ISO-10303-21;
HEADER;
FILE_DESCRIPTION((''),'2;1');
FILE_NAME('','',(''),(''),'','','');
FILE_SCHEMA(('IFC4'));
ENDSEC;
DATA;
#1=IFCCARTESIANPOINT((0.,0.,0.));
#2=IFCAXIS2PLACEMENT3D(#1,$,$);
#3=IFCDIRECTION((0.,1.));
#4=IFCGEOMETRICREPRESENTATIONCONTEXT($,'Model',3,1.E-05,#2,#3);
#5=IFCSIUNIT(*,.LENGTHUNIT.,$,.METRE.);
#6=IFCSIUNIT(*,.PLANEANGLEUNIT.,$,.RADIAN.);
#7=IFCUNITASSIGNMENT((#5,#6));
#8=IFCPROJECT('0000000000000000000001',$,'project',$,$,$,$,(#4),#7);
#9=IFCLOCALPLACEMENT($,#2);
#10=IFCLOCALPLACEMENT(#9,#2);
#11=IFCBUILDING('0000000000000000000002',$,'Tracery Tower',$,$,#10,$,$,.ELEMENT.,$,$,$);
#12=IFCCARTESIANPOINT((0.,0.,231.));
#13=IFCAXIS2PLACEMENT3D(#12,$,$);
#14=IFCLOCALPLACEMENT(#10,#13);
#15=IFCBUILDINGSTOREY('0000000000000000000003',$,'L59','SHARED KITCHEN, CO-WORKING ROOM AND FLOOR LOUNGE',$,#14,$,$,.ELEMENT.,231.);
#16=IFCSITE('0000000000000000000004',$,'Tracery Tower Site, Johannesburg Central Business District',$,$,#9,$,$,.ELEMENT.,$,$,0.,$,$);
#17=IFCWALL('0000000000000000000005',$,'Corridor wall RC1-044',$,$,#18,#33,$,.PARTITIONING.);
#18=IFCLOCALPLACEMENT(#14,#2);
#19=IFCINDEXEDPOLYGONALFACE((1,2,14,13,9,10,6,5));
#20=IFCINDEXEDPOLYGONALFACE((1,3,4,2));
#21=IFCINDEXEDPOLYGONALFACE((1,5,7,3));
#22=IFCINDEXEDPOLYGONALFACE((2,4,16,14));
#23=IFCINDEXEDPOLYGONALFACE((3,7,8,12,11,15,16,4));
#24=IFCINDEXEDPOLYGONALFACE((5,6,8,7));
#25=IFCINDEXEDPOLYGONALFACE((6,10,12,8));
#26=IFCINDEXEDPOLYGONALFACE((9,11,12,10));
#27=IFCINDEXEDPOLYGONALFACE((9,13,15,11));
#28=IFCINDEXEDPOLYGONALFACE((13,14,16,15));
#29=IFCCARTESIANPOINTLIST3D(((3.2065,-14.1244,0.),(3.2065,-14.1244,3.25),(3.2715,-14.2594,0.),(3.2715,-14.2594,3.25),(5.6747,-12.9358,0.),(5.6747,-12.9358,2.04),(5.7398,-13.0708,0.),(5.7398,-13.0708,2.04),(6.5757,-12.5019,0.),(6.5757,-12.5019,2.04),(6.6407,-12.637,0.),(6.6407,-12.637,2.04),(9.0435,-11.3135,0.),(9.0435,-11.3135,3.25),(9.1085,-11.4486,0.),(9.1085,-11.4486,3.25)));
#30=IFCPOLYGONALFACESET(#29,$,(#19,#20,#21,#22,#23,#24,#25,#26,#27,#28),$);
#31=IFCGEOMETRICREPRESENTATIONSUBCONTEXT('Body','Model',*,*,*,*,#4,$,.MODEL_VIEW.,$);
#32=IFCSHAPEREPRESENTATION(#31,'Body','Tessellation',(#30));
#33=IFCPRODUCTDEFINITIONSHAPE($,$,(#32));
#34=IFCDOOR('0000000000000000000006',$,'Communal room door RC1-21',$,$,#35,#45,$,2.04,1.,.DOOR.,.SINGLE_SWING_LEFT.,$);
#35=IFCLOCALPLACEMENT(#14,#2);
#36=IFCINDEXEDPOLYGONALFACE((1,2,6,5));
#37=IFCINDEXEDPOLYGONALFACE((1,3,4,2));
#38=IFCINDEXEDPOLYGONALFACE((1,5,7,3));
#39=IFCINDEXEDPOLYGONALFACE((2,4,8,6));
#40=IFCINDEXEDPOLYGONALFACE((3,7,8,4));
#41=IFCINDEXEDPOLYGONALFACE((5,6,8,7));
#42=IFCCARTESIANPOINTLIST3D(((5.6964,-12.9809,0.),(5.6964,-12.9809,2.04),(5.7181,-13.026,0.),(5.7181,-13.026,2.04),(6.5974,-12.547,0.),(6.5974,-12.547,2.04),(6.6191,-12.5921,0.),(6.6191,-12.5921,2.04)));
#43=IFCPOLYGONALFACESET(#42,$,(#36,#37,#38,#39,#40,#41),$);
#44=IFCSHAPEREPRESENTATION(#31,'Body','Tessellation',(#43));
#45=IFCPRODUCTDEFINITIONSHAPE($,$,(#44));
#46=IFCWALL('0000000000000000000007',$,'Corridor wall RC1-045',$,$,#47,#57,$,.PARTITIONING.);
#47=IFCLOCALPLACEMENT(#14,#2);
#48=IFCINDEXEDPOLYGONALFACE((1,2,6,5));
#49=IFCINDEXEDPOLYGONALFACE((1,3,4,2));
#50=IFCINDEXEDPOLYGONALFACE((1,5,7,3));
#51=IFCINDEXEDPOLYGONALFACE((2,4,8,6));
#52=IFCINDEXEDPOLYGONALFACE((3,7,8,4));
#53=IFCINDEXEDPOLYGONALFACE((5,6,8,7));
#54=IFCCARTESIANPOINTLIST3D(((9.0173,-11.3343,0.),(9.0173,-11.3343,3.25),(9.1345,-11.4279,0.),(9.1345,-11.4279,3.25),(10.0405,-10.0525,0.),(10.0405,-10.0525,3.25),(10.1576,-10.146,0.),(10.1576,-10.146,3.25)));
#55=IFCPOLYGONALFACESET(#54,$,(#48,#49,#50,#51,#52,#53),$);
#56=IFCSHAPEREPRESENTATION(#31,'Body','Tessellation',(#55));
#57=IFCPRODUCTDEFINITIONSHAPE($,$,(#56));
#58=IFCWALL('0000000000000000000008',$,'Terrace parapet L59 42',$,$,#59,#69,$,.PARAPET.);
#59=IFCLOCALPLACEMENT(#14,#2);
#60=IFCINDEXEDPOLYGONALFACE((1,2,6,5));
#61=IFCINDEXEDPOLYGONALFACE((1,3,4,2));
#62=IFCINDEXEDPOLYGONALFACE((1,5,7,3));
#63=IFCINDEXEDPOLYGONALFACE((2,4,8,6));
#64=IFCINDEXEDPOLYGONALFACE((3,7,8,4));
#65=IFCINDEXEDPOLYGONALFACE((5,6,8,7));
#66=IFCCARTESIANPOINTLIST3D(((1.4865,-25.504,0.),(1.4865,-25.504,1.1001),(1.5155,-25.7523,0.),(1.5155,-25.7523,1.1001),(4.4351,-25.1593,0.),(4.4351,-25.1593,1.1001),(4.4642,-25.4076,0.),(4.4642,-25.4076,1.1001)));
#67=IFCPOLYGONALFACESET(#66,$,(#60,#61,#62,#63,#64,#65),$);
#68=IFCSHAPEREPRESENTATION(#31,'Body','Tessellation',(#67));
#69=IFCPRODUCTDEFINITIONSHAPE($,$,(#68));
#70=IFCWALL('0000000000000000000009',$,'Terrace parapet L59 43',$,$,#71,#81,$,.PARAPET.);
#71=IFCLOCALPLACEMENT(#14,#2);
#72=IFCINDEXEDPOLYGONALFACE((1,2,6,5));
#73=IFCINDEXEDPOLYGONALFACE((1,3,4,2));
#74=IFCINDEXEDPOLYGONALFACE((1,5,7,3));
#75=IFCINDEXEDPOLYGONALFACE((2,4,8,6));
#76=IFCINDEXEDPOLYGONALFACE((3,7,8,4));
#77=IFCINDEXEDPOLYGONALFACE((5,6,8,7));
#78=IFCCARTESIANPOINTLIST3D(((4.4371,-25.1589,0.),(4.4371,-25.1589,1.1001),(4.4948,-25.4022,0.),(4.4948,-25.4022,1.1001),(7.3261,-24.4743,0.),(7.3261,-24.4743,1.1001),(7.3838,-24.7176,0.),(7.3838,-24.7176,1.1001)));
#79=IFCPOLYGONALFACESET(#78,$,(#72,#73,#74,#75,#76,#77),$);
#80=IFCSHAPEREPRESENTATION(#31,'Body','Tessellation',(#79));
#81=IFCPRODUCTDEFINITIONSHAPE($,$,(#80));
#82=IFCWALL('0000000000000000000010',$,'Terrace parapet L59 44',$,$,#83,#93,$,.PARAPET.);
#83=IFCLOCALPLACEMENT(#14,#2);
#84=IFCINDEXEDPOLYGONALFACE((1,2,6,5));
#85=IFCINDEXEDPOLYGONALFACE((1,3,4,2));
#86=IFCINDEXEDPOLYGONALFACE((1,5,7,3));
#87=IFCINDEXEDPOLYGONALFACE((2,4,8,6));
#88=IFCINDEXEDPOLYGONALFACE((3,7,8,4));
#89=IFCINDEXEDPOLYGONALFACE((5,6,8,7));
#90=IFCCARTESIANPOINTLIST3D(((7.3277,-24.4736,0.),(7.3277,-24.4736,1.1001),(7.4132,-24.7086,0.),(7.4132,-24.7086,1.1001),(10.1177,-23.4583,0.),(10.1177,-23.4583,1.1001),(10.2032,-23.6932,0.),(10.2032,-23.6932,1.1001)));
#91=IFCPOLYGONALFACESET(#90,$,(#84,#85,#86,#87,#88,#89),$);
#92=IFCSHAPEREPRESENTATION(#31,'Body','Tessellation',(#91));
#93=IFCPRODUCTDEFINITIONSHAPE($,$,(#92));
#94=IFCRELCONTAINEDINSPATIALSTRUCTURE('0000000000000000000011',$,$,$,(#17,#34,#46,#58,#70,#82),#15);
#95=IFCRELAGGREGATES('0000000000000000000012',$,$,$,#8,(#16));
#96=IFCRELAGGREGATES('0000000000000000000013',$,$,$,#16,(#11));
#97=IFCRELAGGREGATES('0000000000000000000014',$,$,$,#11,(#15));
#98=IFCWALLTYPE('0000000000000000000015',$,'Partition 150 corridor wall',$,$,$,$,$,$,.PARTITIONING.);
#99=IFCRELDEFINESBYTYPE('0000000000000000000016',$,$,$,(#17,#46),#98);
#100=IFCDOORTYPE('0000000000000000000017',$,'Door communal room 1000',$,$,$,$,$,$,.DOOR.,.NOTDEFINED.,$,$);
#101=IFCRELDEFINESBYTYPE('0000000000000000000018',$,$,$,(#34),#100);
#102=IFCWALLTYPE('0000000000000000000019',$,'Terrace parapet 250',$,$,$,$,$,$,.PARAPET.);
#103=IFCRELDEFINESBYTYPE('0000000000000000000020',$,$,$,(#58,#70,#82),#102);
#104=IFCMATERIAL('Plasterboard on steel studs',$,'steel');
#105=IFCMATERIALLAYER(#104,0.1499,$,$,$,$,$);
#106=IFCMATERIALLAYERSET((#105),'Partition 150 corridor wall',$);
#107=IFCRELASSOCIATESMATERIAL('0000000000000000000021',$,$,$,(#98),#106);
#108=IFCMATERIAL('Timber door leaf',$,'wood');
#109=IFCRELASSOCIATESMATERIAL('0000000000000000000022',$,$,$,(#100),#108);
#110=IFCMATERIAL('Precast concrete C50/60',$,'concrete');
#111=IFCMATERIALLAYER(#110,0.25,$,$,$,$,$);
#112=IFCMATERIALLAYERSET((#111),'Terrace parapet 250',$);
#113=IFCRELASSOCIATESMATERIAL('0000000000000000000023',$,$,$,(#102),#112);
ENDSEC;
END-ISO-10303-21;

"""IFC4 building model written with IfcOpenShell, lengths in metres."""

from ifc_helpers import new_model, si_unit, direction, frame, frame_2d, origin, place, context, subcontext, project, spatial, rectangle, extrude, material, layer, layer_set, type_object, element, fill, save


model = new_model("IFC4")

# Units and contexts
model_context = context("Model", 3, precision=1e-05, world=origin(), true_north=direction((0.0, 1.0)))
body_context = subcontext(model_context, "Body", "Model", "MODEL_VIEW")
ifc_project = project(units=[si_unit("LENGTHUNIT", "METRE"), si_unit("PLANEANGLEUNIT", "RADIAN")], contexts=[model_context])

# Site, building, storey
site_placement = place(None, origin())
site = spatial("IfcSite", under=ifc_project, at=site_placement, Name="Tracery Tower Site, Johannesburg Central Business District", CompositionType="ELEMENT", RefElevation=0.0)
building_placement = place(site_placement, origin())
building = spatial("IfcBuilding", under=site, at=building_placement, Name="Tracery Tower", CompositionType="ELEMENT")
storey_placement = place(building_placement, frame((0.0, 0.0, 231.0)))
storey = spatial("IfcBuildingStorey", under=building, at=storey_placement, Name="L59", Description="SHARED KITCHEN, CO-WORKING ROOM AND FLOOR LOUNGE", CompositionType="ELEMENT", Elevation=231.0)

# Shared definitions
ifc_material_1 = material(Name="Plasterboard on steel studs", Category="steel")
ifc_layer_1 = layer(ifc_material_1, 0.1499)
ifc_layer_set_1 = layer_set([ifc_layer_1], Name="Partition 150 corridor wall")
wall_type_1 = type_object("IfcWallType", Name="Partition 150 corridor wall", PredefinedType="PARTITIONING", material=ifc_layer_set_1)

# Wall, opening, door
wall_1_placement = place(storey_placement, frame((3.239, -14.1919, 0.0), z_axis=(0.0, 0.0, 1.0), x_axis=(0.900976, 0.433869, 0.0)))
wall_1 = element("IfcWall", 1, at=wall_1_placement, inside=storey, type_object=wall_type_1, Name="Corridor wall RC1-044", PredefinedType="PARTITIONING", context=body_context, shape_type="SweptSolid", body=[
    extrude(rectangle(XDim=6.4785, YDim=0.1499, at=frame_2d((3.2393, 0.0))), origin(), (0.0, 0.0, 1.0), 3.25),
])
opening_1_placement = place(wall_1_placement, frame((2.7395, 0.0, 0.0)))
opening_1 = element("IfcOpeningElement", 2, at=opening_1_placement, cuts=wall_1, PredefinedType="OPENING", context=body_context, shape_type="SweptSolid", body=[
    extrude(rectangle(XDim=1.0, YDim=2.04, at=frame_2d((0.5, 1.02))), frame((0.0, 0.075, 0.0), z_axis=(0.0, -1.0, 0.0), x_axis=(1.0, 0.0, 0.0)), (0.0, 0.0, 1.0), 0.1499),
])
ifc_material_2 = material(Name="Timber door leaf", Category="wood")
door_type = type_object("IfcDoorType", Name="Door communal room 1000", OperationType="NOTDEFINED", PredefinedType="DOOR", material=ifc_material_2)
door_placement = place(opening_1_placement, origin())
door = element("IfcDoor", 3, at=door_placement, inside=storey, type_object=door_type, Name="Communal room door RC1-21", OperationType="SINGLE_SWING_LEFT", OverallHeight=2.04, OverallWidth=1.0, PredefinedType="DOOR", context=body_context, shape_type="SweptSolid", body=[
    extrude(rectangle(XDim=1.0, YDim=2.04, at=frame_2d((0.5, 1.02))), frame((0.0, 0.0249, 0.0), z_axis=(0.0, -1.0, 0.0), x_axis=(1.0, 0.0, 0.0)), (0.0, 0.0, 1.0), 0.05),
])
fill(opening_1, door)

# Walls
wall_2_placement = place(storey_placement, frame((9.0759, -11.3811, 0.0), z_axis=(0.0, 0.0, 1.0), x_axis=(0.623805, 0.78158, 0.0)))
element("IfcWall", 4, at=wall_2_placement, inside=storey, type_object=wall_type_1, Name="Corridor wall RC1-045", PredefinedType="PARTITIONING", context=body_context, shape_type="SweptSolid", body=[
    extrude(rectangle(XDim=1.6401, YDim=0.1499, at=frame_2d((0.8201, 0.0))), origin(), (0.0, 0.0, 1.0), 3.25),
])
ifc_material_3 = material(Name="Precast concrete C50/60", Category="concrete")
ifc_layer_2 = layer(ifc_material_3, 0.25)
ifc_layer_set_2 = layer_set([ifc_layer_2], Name="Terrace parapet 250")
wall_type_2 = type_object("IfcWallType", Name="Terrace parapet 250", PredefinedType="PARAPET", material=ifc_layer_set_2)
wall_3_placement = place(storey_placement, frame((1.501, -25.6282, 0.0), z_axis=(0.0, 0.0, 1.0), x_axis=(0.993236, 0.116116, 0.0)))
element("IfcWall", 5, at=wall_3_placement, inside=storey, type_object=wall_type_2, Name="Terrace parapet L59 42", PredefinedType="PARAPET", context=body_context, shape_type="SweptSolid", body=[
    extrude(rectangle(XDim=2.9688, YDim=0.25, at=frame_2d((1.4844, 0.0))), origin(), (0.0, 0.0, 1.0), 1.1001),
])
for number, where, z_axis, x_axis, name in (
    (6, (4.4661, -25.2805, 0.0), (0.0, 0.0, 1.0), (0.973054, 0.230579, 0.0), "Terrace parapet L59 43"),
    (7, (7.3706, -24.5911, 0.0), (0.0, 0.0, 1.0), (0.939705, 0.341987, 0.0), "Terrace parapet L59 44"),
):
    element("IfcWall", number, at=place(storey_placement, frame(where, z_axis=z_axis, x_axis=x_axis)), inside=storey, type_object=wall_type_2, Name=name, PredefinedType="PARAPET", context=body_context, shape_type="SweptSolid", body=[
        extrude(rectangle(XDim=2.969, YDim=0.25, at=frame_2d((1.4844, 0.0))), origin(), (0.0, 0.0, 1.0), 1.1001),
    ])

save(model, "model.ifc")
